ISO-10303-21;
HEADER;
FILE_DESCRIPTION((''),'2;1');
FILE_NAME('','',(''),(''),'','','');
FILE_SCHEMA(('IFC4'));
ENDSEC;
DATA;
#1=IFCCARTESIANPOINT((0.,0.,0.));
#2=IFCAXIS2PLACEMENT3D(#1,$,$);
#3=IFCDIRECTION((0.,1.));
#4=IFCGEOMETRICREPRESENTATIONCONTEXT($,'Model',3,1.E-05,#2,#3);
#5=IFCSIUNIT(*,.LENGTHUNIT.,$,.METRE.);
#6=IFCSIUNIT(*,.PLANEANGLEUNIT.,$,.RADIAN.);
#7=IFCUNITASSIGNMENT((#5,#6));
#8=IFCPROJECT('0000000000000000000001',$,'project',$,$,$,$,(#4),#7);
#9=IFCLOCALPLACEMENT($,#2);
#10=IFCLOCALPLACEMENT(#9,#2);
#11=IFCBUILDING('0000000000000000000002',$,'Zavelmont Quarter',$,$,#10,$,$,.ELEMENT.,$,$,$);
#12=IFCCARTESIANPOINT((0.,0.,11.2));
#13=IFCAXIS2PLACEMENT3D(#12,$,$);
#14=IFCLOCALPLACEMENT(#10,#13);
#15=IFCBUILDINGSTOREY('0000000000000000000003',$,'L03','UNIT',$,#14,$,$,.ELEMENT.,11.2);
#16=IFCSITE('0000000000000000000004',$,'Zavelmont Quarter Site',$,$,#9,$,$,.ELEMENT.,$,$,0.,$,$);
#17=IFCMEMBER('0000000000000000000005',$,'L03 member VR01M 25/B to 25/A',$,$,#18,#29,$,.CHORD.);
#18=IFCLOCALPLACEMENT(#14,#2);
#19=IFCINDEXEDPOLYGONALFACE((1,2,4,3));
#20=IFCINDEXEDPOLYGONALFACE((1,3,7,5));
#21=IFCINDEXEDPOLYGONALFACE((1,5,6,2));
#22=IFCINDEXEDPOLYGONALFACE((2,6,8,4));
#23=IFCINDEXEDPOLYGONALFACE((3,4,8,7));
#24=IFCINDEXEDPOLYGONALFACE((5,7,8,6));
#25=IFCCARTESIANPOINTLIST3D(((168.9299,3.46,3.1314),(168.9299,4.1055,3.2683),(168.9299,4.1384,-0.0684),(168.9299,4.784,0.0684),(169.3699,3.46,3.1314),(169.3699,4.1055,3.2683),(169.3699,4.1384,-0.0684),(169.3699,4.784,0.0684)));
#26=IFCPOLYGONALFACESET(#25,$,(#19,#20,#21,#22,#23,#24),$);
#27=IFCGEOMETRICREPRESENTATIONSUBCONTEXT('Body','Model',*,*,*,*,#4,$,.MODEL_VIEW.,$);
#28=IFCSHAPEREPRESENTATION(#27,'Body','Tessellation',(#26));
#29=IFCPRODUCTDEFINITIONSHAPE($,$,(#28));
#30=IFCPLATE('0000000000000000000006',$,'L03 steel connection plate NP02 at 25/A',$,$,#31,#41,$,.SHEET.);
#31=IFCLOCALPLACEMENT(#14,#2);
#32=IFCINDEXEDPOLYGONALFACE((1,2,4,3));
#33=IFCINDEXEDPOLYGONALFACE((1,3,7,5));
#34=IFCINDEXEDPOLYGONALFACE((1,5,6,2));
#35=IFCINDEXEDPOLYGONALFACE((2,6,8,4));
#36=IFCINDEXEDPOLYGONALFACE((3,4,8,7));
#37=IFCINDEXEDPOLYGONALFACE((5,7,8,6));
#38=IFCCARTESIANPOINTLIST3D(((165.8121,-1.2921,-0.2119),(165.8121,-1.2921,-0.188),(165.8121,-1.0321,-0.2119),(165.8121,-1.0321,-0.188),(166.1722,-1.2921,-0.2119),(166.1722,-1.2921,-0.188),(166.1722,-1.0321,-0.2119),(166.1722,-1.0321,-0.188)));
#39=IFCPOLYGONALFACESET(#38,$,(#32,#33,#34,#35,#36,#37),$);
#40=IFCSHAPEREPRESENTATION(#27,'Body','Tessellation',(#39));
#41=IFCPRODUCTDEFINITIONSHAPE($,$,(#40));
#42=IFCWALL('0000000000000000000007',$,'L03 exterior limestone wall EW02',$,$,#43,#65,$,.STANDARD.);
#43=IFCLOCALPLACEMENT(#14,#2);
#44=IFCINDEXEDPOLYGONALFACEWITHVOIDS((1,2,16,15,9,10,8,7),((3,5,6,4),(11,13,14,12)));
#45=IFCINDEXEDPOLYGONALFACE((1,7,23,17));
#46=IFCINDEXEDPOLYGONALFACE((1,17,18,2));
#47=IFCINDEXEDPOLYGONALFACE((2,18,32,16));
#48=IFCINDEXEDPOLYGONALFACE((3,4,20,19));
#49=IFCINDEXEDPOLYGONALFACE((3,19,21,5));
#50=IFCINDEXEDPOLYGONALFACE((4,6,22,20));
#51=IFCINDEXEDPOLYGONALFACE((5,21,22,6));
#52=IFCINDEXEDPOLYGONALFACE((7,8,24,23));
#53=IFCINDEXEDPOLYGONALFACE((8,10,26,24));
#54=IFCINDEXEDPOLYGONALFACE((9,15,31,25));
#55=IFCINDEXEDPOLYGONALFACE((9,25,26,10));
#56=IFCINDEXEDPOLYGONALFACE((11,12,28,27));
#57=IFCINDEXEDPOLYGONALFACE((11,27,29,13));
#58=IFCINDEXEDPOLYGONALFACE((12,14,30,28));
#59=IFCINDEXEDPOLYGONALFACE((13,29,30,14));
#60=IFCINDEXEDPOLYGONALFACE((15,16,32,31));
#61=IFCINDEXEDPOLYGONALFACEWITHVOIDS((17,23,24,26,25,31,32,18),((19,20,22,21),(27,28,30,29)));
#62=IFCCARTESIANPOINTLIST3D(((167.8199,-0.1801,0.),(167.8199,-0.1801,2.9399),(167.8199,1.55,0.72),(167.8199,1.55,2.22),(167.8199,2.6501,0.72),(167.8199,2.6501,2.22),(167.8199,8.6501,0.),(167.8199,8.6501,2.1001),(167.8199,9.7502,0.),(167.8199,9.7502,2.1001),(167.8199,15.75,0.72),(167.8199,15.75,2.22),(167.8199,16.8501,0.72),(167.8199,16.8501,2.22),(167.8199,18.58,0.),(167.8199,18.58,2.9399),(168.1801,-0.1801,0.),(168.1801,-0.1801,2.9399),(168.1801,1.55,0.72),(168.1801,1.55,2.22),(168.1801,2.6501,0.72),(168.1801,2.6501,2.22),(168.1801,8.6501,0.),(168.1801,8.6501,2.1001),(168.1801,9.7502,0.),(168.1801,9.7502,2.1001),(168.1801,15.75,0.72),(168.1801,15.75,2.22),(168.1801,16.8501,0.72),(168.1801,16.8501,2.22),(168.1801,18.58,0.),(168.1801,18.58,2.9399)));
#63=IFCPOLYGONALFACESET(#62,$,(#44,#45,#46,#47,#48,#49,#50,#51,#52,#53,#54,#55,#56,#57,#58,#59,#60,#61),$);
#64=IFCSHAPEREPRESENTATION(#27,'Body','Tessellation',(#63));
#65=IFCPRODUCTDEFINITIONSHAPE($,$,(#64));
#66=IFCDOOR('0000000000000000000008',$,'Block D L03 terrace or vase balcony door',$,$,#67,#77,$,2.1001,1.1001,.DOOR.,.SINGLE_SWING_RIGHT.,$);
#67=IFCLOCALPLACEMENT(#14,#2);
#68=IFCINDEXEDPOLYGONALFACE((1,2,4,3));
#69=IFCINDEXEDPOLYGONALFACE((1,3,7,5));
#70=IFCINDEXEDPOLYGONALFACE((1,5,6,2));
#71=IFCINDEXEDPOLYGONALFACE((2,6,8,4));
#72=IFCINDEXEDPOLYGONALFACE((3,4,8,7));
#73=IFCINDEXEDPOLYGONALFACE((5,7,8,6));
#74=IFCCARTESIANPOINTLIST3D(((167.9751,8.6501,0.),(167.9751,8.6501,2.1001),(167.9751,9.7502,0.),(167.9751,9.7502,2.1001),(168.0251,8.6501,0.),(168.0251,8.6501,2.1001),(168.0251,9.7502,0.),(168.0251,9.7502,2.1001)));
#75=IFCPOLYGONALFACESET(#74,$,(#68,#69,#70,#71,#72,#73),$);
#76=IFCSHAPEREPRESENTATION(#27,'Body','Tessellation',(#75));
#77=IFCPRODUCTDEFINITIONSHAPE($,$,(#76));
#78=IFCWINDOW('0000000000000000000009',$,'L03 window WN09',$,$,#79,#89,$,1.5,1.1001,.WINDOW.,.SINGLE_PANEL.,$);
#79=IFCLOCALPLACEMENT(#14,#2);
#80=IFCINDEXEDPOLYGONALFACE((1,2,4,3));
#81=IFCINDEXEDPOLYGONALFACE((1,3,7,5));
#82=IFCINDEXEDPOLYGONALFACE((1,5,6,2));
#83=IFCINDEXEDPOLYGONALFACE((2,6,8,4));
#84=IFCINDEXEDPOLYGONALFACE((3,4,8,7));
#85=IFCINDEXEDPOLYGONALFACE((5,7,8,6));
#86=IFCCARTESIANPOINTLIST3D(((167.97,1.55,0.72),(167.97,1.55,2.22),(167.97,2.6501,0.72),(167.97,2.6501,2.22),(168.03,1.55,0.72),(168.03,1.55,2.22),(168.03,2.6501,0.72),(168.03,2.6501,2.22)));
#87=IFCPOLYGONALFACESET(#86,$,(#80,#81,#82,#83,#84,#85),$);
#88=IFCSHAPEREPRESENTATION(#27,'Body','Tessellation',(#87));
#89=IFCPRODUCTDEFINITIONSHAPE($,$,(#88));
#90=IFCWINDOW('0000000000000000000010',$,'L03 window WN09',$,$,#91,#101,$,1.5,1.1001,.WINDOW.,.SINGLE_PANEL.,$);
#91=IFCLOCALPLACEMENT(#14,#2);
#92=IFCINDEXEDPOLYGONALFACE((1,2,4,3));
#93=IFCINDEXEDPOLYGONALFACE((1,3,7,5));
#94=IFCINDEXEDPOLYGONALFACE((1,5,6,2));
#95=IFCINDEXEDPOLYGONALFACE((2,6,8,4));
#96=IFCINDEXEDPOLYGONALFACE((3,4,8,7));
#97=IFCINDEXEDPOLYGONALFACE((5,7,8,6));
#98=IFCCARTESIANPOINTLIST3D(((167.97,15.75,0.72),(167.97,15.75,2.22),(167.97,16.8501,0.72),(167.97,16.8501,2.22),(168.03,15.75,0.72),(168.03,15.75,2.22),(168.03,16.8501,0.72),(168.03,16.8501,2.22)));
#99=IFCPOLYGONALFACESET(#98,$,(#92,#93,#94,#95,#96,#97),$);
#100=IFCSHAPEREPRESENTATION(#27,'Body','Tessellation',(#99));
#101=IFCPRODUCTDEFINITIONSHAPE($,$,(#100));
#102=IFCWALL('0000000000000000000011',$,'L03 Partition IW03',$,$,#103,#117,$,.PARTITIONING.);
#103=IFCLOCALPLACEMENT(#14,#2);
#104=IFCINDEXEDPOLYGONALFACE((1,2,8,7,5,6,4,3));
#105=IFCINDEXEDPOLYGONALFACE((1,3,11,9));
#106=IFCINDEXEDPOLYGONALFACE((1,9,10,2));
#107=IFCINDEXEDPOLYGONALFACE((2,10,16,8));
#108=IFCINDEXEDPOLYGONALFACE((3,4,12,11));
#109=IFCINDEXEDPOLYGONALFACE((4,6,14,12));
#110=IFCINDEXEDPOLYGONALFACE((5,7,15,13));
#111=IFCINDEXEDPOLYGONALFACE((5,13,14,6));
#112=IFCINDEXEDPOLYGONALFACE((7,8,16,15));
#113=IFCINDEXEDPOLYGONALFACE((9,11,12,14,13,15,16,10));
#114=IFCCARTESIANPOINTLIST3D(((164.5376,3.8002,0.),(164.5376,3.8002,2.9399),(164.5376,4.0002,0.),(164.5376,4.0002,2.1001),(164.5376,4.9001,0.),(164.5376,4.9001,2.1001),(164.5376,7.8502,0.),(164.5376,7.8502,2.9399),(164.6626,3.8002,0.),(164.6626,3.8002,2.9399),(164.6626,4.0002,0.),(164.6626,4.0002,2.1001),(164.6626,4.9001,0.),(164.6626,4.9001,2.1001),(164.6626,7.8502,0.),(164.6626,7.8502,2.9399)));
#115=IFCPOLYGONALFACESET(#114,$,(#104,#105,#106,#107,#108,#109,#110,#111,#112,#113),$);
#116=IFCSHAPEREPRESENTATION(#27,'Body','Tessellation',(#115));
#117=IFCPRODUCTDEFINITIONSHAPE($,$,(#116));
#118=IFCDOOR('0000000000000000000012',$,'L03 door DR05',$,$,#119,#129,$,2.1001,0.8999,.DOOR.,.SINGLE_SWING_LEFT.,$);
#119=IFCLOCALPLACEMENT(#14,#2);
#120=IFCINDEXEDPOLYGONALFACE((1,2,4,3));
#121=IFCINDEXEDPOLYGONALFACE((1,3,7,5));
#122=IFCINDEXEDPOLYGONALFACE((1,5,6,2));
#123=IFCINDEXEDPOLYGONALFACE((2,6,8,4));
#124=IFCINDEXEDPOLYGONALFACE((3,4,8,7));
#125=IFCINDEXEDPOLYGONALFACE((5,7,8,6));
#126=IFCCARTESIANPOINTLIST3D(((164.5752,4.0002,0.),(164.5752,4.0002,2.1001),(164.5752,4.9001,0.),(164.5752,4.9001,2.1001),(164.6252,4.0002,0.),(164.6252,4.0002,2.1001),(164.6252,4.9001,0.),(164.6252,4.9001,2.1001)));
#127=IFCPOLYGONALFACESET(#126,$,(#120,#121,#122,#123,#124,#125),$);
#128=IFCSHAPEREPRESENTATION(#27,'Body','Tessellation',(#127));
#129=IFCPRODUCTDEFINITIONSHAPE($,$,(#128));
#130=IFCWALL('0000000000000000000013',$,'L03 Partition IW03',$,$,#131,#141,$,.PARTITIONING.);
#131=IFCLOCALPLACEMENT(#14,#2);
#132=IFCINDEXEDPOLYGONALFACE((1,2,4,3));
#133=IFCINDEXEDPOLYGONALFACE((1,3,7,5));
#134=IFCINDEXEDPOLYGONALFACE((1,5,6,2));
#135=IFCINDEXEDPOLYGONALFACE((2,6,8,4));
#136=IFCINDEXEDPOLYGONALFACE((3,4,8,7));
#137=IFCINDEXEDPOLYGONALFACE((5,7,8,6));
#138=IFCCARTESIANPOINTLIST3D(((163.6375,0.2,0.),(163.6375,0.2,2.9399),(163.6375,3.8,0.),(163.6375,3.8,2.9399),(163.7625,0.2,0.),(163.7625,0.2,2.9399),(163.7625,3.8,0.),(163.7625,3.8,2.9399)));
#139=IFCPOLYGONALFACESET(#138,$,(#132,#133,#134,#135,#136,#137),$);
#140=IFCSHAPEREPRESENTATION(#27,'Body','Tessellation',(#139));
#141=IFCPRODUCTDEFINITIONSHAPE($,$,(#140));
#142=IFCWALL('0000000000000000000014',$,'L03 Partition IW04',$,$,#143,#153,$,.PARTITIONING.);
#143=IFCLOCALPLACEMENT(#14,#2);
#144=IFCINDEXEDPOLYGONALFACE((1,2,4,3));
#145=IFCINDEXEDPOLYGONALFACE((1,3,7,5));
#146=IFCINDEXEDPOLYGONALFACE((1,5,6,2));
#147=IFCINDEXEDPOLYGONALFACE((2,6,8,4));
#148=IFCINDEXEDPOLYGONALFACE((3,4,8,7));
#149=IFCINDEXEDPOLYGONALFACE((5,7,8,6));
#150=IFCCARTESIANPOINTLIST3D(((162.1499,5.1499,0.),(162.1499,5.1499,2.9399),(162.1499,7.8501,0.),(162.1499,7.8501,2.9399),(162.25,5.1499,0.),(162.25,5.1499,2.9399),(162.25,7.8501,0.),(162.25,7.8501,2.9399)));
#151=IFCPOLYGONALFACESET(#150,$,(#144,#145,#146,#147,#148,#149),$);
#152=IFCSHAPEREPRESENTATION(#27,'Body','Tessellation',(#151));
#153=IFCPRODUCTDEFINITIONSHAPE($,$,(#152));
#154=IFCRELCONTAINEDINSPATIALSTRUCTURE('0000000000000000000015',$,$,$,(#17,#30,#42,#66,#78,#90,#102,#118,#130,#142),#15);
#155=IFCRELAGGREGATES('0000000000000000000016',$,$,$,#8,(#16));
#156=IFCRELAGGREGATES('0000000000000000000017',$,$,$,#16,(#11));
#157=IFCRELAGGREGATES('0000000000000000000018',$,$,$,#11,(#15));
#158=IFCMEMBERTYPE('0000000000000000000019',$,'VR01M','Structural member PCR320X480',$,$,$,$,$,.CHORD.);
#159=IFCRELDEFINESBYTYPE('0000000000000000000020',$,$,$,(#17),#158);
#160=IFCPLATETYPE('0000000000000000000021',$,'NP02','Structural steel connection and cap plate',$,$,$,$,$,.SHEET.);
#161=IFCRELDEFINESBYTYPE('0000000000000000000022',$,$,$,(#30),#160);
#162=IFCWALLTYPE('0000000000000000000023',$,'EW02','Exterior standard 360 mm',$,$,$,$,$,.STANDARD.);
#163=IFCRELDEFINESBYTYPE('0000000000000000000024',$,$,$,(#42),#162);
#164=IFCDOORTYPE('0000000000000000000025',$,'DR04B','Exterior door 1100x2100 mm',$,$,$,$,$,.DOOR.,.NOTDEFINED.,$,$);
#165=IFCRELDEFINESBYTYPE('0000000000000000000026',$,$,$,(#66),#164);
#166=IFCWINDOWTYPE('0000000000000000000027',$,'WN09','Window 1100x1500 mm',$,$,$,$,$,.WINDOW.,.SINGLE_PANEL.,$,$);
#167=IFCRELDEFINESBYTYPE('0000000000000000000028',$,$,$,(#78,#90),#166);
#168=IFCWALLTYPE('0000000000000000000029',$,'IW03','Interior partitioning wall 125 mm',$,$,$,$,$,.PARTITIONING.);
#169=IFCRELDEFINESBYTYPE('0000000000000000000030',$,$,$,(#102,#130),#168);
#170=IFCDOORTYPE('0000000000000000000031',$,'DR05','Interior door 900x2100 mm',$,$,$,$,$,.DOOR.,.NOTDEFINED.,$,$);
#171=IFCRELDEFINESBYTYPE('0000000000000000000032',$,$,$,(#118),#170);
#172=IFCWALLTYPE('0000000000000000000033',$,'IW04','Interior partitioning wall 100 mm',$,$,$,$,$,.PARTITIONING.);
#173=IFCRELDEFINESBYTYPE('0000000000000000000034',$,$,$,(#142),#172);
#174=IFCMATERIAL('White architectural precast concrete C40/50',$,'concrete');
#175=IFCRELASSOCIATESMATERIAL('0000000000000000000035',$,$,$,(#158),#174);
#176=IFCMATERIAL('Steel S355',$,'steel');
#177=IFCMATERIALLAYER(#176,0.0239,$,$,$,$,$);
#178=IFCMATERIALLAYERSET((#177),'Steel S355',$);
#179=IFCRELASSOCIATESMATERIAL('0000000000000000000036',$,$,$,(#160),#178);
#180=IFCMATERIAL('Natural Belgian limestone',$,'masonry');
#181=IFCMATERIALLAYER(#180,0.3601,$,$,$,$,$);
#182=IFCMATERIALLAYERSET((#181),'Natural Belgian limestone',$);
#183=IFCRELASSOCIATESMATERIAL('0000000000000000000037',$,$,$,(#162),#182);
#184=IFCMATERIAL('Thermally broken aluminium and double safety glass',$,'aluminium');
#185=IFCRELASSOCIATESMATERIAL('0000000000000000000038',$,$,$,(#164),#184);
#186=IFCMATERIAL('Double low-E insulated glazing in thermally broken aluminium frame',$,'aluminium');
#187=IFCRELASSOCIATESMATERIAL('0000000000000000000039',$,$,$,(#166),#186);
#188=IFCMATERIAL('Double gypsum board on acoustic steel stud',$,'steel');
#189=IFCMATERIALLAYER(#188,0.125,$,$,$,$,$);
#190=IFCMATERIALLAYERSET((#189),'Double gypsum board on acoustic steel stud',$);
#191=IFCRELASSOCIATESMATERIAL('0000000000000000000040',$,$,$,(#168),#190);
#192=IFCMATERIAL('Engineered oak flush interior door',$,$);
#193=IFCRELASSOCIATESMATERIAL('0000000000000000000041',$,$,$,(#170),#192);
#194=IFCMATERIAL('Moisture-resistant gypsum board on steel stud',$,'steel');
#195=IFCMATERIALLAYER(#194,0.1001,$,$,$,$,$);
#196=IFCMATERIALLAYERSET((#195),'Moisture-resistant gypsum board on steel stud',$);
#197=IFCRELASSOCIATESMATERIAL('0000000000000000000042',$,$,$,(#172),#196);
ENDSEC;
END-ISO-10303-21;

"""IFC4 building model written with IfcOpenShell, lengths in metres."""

from ifc_helpers import new_model, si_unit, direction, frame, frame_2d, origin, origin_with_axes, origin_2d, place, context, subcontext, project, spatial, rectangle, extrude, material, layer, layer_set, material_profile, profile_set, type_object, element, fill, save


model = new_model("IFC4")

# Units and contexts
model_context = context("Model", 3, precision=1e-05, world=origin(), true_north=direction((0.0, 1.0)))
body_context = subcontext(model_context, "Body", "Model", "MODEL_VIEW")
ifc_project = project(units=[si_unit("LENGTHUNIT", "METRE"), si_unit("PLANEANGLEUNIT", "RADIAN")], contexts=[model_context])

# Site, building, storey
site_placement = place(None, origin())
site = spatial("IfcSite", under=ifc_project, at=site_placement, Name="Zavelmont Quarter Site", CompositionType="ELEMENT", RefElevation=0.0)
building_placement = place(site_placement, origin())
building = spatial("IfcBuilding", under=site, at=building_placement, Name="Zavelmont Quarter", CompositionType="ELEMENT")
storey_placement = place(building_placement, frame((0.0, 0.0, 11.2)))
storey = spatial("IfcBuildingStorey", under=building, at=storey_placement, Name="L03", Description="UNIT", CompositionType="ELEMENT", Elevation=11.2)

# Shared definitions
ifc_material_1 = material(Name="Steel S355", Category="steel")

# Member
ifc_material_2 = material(Name="White architectural precast concrete C40/50", Category="concrete")
ifc_material_profile_1 = material_profile(ifc_material_2, rectangle(XDim=0.4399, YDim=0.6599, at=origin_2d()), Name="PCR320X480")
ifc_profile_set_1 = profile_set([ifc_material_profile_1], Name="White architectural precast concrete C40/50")
member_type = type_object("IfcMemberType", Name="VR01M", Description="Structural member PCR320X480", PredefinedType="CHORD", material=ifc_profile_set_1)
member_1_placement = place(storey_placement, frame((169.1499, 4.4612, 0.0), z_axis=(0.0, -0.207413, 0.978253), x_axis=(1.0, 0.0, 0.0)))
element("IfcMember", 1, at=member_1_placement, inside=storey, type_object=member_type, Name="L03 member VR01M 25/B to 25/A", PredefinedType="CHORD", context=body_context, shape_type="SweptSolid", body=[
    extrude(rectangle(XDim=0.4399, YDim=0.6599, at=origin_2d()), origin(), (0.0, 0.0, 1.0), 3.271),
])

# Plate
ifc_layer_1 = layer(ifc_material_1, 0.0239)
ifc_layer_set_1 = layer_set([ifc_layer_1], Name="Steel S355")
plate_type = type_object("IfcPlateType", Name="NP02", Description="Structural steel connection and cap plate", PredefinedType="SHEET", material=ifc_layer_set_1)
plate_placement = place(storey_placement, frame((165.9922, -1.1621, -0.2119), z_axis=(0.0, 0.0, 1.0), x_axis=(1.0, 0.0, 0.0)))
element("IfcPlate", 2, at=plate_placement, inside=storey, type_object=plate_type, Name="L03 steel connection plate NP02 at 25/A", PredefinedType="SHEET", context=body_context, shape_type="SweptSolid", body=[
    extrude(rectangle(XDim=0.3601, YDim=0.26, at=origin_2d()), origin(), (0.0, 0.0, 1.0), 0.0239),
])

# Wall, openings, door, windows
ifc_material_3 = material(Name="Natural Belgian limestone", Category="masonry")
ifc_layer_2 = layer(ifc_material_3, 0.3601)
ifc_layer_set_2 = layer_set([ifc_layer_2], Name="Natural Belgian limestone")
wall_type_1 = type_object("IfcWallType", Name="EW02", Description="Exterior standard 360 mm", PredefinedType="STANDARD", material=ifc_layer_set_2)
wall_1_placement = place(storey_placement, frame((168.0, -0.1799, 0.0), z_axis=(0.0, 0.0, 1.0), x_axis=(0.0, 1.0, 0.0)))
wall_1 = element("IfcWall", 3, at=wall_1_placement, inside=storey, type_object=wall_type_1, Name="L03 exterior limestone wall EW02", PredefinedType="STANDARD", context=body_context, shape_type="SweptSolid", body=[
    extrude(rectangle(XDim=18.76, YDim=0.3601, at=frame_2d((9.3799, 0.0))), origin(), (0.0, 0.0, 1.0), 2.9399),
])
opening_1_placement = place(wall_1_placement, frame((8.8301, 0.0, 0.0)))
opening_1 = element("IfcOpeningElement", 4, at=opening_1_placement, cuts=wall_1, PredefinedType="OPENING", context=body_context, shape_type="SweptSolid", body=[
    extrude(rectangle(XDim=1.1001, YDim=2.1001, at=frame_2d((0.55, 1.05))), frame((0.0, 0.1919, 0.0), z_axis=(0.0, -1.0, 0.0), x_axis=(1.0, 0.0, 0.0)), (0.0, 0.0, 1.0), 0.384),
])
opening_2_placement = place(wall_1_placement, frame((1.73, 0.0, 0.72)))
opening_2 = element("IfcOpeningElement", 5, at=opening_2_placement, cuts=wall_1, PredefinedType="OPENING", context=body_context, shape_type="SweptSolid", body=[
    extrude(rectangle(XDim=1.1001, YDim=1.5, at=frame_2d((0.55, 0.75))), frame((0.0, 0.1919, 0.0), z_axis=(0.0, -1.0, 0.0), x_axis=(1.0, 0.0, 0.0)), (0.0, 0.0, 1.0), 0.384),
])
opening_3_placement = place(wall_1_placement, frame((15.9299, 0.0, 0.72)))
opening_3 = element("IfcOpeningElement", 6, at=opening_3_placement, cuts=wall_1, PredefinedType="OPENING", context=body_context, shape_type="SweptSolid", body=[
    extrude(rectangle(XDim=1.1001, YDim=1.5, at=frame_2d((0.55, 0.75))), frame((0.0, 0.1919, 0.0), z_axis=(0.0, -1.0, 0.0), x_axis=(1.0, 0.0, 0.0)), (0.0, 0.0, 1.0), 0.384),
])
ifc_material_4 = material(Name="Thermally broken aluminium and double safety glass", Category="aluminium")
door_type_1 = type_object("IfcDoorType", Name="DR04B", Description="Exterior door 1100x2100 mm", OperationType="NOTDEFINED", PredefinedType="DOOR", material=ifc_material_4)
door_1_placement = place(opening_1_placement, origin_with_axes())
door_1 = element("IfcDoor", 7, at=door_1_placement, inside=storey, type_object=door_type_1, Name="Block D L03 terrace or vase balcony door", OperationType="SINGLE_SWING_RIGHT", OverallHeight=2.1001, OverallWidth=1.1001, PredefinedType="DOOR", context=body_context, shape_type="SweptSolid", body=[
    extrude(rectangle(XDim=1.1001, YDim=2.1001, at=frame_2d((0.55, 1.05))), frame((0.0, 0.0249, 0.0), z_axis=(0.0, -1.0, 0.0), x_axis=(1.0, 0.0, 0.0)), (0.0, 0.0, 1.0), 0.05),
])
fill(opening_1, door_1)
ifc_material_5 = material(Name="Double low-E insulated glazing in thermally broken aluminium frame", Category="aluminium")
window_type = type_object("IfcWindowType", Name="WN09", Description="Window 1100x1500 mm", PartitioningType="SINGLE_PANEL", PredefinedType="WINDOW", material=ifc_material_5)
window_1_placement = place(opening_2_placement, origin_with_axes())
window_1 = element("IfcWindow", 8, at=window_1_placement, inside=storey, type_object=window_type, Name="L03 window WN09", OverallHeight=1.5, OverallWidth=1.1001, PartitioningType="SINGLE_PANEL", PredefinedType="WINDOW", context=body_context, shape_type="SweptSolid", body=[
    extrude(rectangle(XDim=1.1001, YDim=1.5, at=frame_2d((0.55, 0.75))), frame((0.0, 0.03, 0.0), z_axis=(0.0, -1.0, 0.0), x_axis=(1.0, 0.0, 0.0)), (0.0, 0.0, 1.0), 0.0601),
])
fill(opening_2, window_1)
window_2_placement = place(opening_3_placement, origin_with_axes())
window_2 = element("IfcWindow", 9, at=window_2_placement, inside=storey, type_object=window_type, Name="L03 window WN09", OverallHeight=1.5, OverallWidth=1.1001, PartitioningType="SINGLE_PANEL", PredefinedType="WINDOW", context=body_context, shape_type="SweptSolid", body=[
    extrude(rectangle(XDim=1.1001, YDim=1.5, at=frame_2d((0.55, 0.75))), frame((0.0, 0.03, 0.0), z_axis=(0.0, -1.0, 0.0), x_axis=(1.0, 0.0, 0.0)), (0.0, 0.0, 1.0), 0.0601),
])
fill(opening_3, window_2)

# Wall, opening, door
ifc_material_6 = material(Name="Double gypsum board on acoustic steel stud", Category="steel")
ifc_layer_3 = layer(ifc_material_6, 0.125)
ifc_layer_set_3 = layer_set([ifc_layer_3], Name="Double gypsum board on acoustic steel stud")
wall_type_2 = type_object("IfcWallType", Name="IW03", Description="Interior partitioning wall 125 mm", PredefinedType="PARTITIONING", material=ifc_layer_set_3)
wall_2_placement = place(storey_placement, frame((164.6001, 7.8501, 0.0), z_axis=(0.0, 0.0, 1.0), x_axis=(0.0, -1.0, 0.0)))
wall_2 = element("IfcWall", 10, at=wall_2_placement, inside=storey, type_object=wall_type_2, Name="L03 Partition IW03", PredefinedType="PARTITIONING", context=body_context, shape_type="SweptSolid", body=[
    extrude(rectangle(XDim=4.05, YDim=0.125, at=frame_2d((2.0249, 0.0))), origin(), (0.0, 0.0, 1.0), 2.9399),
])
opening_4_placement = place(wall_2_placement, frame((2.95, 0.0, 0.0)))
opening_4 = element("IfcOpeningElement", 11, at=opening_4_placement, cuts=wall_2, PredefinedType="OPENING", context=body_context, shape_type="SweptSolid", body=[
    extrude(rectangle(XDim=0.8999, YDim=2.1001, at=frame_2d((0.45, 1.05))), frame((0.0, 0.0745, 0.0), z_axis=(0.0, -1.0, 0.0), x_axis=(1.0, 0.0, 0.0)), (0.0, 0.0, 1.0), 0.1489),
])
ifc_material_7 = material(Name="Engineered oak flush interior door")
door_type_2 = type_object("IfcDoorType", Name="DR05", Description="Interior door 900x2100 mm", OperationType="NOTDEFINED", PredefinedType="DOOR", material=ifc_material_7)
door_2_placement = place(opening_4_placement, frame((0.8999, 0.0, 0.0), z_axis=(0.0, 0.0, 1.0), x_axis=(-1.0, 0.0, 0.0)))
door_2 = element("IfcDoor", 12, at=door_2_placement, inside=storey, type_object=door_type_2, Name="L03 door DR05", OperationType="SINGLE_SWING_LEFT", OverallHeight=2.1001, OverallWidth=0.8999, PredefinedType="DOOR", context=body_context, shape_type="SweptSolid", body=[
    extrude(rectangle(XDim=0.8999, YDim=2.1001, at=frame_2d((0.45, 1.05))), frame((0.0, 0.0249, 0.0), z_axis=(0.0, -1.0, 0.0), x_axis=(1.0, 0.0, 0.0)), (0.0, 0.0, 1.0), 0.05),
])
fill(opening_4, door_2)

# Walls
wall_3_placement = place(storey_placement, frame((163.7, 3.8, 0.0), z_axis=(0.0, 0.0, 1.0), x_axis=(0.0, -1.0, 0.0)))
element("IfcWall", 13, at=wall_3_placement, inside=storey, type_object=wall_type_2, Name="L03 Partition IW03", PredefinedType="PARTITIONING", context=body_context, shape_type="SweptSolid", body=[
    extrude(rectangle(XDim=3.6001, YDim=0.125, at=frame_2d((1.8, 0.0))), origin(), (0.0, 0.0, 1.0), 2.9399),
])
ifc_material_8 = material(Name="Moisture-resistant gypsum board on steel stud", Category="steel")
ifc_layer_4 = layer(ifc_material_8, 0.1001)
ifc_layer_set_4 = layer_set([ifc_layer_4], Name="Moisture-resistant gypsum board on steel stud")
wall_type_3 = type_object("IfcWallType", Name="IW04", Description="Interior partitioning wall 100 mm", PredefinedType="PARTITIONING", material=ifc_layer_set_4)
wall_4_placement = place(storey_placement, frame((162.2, 7.8501, 0.0), z_axis=(0.0, 0.0, 1.0), x_axis=(0.0, -1.0, 0.0)))
element("IfcWall", 14, at=wall_4_placement, inside=storey, type_object=wall_type_3, Name="L03 Partition IW04", PredefinedType="PARTITIONING", context=body_context, shape_type="SweptSolid", body=[
    extrude(rectangle(XDim=2.7002, YDim=0.1001, at=frame_2d((1.3501, 0.0))), origin(), (0.0, 0.0, 1.0), 2.9399),
])

save(model, "model.ifc")
